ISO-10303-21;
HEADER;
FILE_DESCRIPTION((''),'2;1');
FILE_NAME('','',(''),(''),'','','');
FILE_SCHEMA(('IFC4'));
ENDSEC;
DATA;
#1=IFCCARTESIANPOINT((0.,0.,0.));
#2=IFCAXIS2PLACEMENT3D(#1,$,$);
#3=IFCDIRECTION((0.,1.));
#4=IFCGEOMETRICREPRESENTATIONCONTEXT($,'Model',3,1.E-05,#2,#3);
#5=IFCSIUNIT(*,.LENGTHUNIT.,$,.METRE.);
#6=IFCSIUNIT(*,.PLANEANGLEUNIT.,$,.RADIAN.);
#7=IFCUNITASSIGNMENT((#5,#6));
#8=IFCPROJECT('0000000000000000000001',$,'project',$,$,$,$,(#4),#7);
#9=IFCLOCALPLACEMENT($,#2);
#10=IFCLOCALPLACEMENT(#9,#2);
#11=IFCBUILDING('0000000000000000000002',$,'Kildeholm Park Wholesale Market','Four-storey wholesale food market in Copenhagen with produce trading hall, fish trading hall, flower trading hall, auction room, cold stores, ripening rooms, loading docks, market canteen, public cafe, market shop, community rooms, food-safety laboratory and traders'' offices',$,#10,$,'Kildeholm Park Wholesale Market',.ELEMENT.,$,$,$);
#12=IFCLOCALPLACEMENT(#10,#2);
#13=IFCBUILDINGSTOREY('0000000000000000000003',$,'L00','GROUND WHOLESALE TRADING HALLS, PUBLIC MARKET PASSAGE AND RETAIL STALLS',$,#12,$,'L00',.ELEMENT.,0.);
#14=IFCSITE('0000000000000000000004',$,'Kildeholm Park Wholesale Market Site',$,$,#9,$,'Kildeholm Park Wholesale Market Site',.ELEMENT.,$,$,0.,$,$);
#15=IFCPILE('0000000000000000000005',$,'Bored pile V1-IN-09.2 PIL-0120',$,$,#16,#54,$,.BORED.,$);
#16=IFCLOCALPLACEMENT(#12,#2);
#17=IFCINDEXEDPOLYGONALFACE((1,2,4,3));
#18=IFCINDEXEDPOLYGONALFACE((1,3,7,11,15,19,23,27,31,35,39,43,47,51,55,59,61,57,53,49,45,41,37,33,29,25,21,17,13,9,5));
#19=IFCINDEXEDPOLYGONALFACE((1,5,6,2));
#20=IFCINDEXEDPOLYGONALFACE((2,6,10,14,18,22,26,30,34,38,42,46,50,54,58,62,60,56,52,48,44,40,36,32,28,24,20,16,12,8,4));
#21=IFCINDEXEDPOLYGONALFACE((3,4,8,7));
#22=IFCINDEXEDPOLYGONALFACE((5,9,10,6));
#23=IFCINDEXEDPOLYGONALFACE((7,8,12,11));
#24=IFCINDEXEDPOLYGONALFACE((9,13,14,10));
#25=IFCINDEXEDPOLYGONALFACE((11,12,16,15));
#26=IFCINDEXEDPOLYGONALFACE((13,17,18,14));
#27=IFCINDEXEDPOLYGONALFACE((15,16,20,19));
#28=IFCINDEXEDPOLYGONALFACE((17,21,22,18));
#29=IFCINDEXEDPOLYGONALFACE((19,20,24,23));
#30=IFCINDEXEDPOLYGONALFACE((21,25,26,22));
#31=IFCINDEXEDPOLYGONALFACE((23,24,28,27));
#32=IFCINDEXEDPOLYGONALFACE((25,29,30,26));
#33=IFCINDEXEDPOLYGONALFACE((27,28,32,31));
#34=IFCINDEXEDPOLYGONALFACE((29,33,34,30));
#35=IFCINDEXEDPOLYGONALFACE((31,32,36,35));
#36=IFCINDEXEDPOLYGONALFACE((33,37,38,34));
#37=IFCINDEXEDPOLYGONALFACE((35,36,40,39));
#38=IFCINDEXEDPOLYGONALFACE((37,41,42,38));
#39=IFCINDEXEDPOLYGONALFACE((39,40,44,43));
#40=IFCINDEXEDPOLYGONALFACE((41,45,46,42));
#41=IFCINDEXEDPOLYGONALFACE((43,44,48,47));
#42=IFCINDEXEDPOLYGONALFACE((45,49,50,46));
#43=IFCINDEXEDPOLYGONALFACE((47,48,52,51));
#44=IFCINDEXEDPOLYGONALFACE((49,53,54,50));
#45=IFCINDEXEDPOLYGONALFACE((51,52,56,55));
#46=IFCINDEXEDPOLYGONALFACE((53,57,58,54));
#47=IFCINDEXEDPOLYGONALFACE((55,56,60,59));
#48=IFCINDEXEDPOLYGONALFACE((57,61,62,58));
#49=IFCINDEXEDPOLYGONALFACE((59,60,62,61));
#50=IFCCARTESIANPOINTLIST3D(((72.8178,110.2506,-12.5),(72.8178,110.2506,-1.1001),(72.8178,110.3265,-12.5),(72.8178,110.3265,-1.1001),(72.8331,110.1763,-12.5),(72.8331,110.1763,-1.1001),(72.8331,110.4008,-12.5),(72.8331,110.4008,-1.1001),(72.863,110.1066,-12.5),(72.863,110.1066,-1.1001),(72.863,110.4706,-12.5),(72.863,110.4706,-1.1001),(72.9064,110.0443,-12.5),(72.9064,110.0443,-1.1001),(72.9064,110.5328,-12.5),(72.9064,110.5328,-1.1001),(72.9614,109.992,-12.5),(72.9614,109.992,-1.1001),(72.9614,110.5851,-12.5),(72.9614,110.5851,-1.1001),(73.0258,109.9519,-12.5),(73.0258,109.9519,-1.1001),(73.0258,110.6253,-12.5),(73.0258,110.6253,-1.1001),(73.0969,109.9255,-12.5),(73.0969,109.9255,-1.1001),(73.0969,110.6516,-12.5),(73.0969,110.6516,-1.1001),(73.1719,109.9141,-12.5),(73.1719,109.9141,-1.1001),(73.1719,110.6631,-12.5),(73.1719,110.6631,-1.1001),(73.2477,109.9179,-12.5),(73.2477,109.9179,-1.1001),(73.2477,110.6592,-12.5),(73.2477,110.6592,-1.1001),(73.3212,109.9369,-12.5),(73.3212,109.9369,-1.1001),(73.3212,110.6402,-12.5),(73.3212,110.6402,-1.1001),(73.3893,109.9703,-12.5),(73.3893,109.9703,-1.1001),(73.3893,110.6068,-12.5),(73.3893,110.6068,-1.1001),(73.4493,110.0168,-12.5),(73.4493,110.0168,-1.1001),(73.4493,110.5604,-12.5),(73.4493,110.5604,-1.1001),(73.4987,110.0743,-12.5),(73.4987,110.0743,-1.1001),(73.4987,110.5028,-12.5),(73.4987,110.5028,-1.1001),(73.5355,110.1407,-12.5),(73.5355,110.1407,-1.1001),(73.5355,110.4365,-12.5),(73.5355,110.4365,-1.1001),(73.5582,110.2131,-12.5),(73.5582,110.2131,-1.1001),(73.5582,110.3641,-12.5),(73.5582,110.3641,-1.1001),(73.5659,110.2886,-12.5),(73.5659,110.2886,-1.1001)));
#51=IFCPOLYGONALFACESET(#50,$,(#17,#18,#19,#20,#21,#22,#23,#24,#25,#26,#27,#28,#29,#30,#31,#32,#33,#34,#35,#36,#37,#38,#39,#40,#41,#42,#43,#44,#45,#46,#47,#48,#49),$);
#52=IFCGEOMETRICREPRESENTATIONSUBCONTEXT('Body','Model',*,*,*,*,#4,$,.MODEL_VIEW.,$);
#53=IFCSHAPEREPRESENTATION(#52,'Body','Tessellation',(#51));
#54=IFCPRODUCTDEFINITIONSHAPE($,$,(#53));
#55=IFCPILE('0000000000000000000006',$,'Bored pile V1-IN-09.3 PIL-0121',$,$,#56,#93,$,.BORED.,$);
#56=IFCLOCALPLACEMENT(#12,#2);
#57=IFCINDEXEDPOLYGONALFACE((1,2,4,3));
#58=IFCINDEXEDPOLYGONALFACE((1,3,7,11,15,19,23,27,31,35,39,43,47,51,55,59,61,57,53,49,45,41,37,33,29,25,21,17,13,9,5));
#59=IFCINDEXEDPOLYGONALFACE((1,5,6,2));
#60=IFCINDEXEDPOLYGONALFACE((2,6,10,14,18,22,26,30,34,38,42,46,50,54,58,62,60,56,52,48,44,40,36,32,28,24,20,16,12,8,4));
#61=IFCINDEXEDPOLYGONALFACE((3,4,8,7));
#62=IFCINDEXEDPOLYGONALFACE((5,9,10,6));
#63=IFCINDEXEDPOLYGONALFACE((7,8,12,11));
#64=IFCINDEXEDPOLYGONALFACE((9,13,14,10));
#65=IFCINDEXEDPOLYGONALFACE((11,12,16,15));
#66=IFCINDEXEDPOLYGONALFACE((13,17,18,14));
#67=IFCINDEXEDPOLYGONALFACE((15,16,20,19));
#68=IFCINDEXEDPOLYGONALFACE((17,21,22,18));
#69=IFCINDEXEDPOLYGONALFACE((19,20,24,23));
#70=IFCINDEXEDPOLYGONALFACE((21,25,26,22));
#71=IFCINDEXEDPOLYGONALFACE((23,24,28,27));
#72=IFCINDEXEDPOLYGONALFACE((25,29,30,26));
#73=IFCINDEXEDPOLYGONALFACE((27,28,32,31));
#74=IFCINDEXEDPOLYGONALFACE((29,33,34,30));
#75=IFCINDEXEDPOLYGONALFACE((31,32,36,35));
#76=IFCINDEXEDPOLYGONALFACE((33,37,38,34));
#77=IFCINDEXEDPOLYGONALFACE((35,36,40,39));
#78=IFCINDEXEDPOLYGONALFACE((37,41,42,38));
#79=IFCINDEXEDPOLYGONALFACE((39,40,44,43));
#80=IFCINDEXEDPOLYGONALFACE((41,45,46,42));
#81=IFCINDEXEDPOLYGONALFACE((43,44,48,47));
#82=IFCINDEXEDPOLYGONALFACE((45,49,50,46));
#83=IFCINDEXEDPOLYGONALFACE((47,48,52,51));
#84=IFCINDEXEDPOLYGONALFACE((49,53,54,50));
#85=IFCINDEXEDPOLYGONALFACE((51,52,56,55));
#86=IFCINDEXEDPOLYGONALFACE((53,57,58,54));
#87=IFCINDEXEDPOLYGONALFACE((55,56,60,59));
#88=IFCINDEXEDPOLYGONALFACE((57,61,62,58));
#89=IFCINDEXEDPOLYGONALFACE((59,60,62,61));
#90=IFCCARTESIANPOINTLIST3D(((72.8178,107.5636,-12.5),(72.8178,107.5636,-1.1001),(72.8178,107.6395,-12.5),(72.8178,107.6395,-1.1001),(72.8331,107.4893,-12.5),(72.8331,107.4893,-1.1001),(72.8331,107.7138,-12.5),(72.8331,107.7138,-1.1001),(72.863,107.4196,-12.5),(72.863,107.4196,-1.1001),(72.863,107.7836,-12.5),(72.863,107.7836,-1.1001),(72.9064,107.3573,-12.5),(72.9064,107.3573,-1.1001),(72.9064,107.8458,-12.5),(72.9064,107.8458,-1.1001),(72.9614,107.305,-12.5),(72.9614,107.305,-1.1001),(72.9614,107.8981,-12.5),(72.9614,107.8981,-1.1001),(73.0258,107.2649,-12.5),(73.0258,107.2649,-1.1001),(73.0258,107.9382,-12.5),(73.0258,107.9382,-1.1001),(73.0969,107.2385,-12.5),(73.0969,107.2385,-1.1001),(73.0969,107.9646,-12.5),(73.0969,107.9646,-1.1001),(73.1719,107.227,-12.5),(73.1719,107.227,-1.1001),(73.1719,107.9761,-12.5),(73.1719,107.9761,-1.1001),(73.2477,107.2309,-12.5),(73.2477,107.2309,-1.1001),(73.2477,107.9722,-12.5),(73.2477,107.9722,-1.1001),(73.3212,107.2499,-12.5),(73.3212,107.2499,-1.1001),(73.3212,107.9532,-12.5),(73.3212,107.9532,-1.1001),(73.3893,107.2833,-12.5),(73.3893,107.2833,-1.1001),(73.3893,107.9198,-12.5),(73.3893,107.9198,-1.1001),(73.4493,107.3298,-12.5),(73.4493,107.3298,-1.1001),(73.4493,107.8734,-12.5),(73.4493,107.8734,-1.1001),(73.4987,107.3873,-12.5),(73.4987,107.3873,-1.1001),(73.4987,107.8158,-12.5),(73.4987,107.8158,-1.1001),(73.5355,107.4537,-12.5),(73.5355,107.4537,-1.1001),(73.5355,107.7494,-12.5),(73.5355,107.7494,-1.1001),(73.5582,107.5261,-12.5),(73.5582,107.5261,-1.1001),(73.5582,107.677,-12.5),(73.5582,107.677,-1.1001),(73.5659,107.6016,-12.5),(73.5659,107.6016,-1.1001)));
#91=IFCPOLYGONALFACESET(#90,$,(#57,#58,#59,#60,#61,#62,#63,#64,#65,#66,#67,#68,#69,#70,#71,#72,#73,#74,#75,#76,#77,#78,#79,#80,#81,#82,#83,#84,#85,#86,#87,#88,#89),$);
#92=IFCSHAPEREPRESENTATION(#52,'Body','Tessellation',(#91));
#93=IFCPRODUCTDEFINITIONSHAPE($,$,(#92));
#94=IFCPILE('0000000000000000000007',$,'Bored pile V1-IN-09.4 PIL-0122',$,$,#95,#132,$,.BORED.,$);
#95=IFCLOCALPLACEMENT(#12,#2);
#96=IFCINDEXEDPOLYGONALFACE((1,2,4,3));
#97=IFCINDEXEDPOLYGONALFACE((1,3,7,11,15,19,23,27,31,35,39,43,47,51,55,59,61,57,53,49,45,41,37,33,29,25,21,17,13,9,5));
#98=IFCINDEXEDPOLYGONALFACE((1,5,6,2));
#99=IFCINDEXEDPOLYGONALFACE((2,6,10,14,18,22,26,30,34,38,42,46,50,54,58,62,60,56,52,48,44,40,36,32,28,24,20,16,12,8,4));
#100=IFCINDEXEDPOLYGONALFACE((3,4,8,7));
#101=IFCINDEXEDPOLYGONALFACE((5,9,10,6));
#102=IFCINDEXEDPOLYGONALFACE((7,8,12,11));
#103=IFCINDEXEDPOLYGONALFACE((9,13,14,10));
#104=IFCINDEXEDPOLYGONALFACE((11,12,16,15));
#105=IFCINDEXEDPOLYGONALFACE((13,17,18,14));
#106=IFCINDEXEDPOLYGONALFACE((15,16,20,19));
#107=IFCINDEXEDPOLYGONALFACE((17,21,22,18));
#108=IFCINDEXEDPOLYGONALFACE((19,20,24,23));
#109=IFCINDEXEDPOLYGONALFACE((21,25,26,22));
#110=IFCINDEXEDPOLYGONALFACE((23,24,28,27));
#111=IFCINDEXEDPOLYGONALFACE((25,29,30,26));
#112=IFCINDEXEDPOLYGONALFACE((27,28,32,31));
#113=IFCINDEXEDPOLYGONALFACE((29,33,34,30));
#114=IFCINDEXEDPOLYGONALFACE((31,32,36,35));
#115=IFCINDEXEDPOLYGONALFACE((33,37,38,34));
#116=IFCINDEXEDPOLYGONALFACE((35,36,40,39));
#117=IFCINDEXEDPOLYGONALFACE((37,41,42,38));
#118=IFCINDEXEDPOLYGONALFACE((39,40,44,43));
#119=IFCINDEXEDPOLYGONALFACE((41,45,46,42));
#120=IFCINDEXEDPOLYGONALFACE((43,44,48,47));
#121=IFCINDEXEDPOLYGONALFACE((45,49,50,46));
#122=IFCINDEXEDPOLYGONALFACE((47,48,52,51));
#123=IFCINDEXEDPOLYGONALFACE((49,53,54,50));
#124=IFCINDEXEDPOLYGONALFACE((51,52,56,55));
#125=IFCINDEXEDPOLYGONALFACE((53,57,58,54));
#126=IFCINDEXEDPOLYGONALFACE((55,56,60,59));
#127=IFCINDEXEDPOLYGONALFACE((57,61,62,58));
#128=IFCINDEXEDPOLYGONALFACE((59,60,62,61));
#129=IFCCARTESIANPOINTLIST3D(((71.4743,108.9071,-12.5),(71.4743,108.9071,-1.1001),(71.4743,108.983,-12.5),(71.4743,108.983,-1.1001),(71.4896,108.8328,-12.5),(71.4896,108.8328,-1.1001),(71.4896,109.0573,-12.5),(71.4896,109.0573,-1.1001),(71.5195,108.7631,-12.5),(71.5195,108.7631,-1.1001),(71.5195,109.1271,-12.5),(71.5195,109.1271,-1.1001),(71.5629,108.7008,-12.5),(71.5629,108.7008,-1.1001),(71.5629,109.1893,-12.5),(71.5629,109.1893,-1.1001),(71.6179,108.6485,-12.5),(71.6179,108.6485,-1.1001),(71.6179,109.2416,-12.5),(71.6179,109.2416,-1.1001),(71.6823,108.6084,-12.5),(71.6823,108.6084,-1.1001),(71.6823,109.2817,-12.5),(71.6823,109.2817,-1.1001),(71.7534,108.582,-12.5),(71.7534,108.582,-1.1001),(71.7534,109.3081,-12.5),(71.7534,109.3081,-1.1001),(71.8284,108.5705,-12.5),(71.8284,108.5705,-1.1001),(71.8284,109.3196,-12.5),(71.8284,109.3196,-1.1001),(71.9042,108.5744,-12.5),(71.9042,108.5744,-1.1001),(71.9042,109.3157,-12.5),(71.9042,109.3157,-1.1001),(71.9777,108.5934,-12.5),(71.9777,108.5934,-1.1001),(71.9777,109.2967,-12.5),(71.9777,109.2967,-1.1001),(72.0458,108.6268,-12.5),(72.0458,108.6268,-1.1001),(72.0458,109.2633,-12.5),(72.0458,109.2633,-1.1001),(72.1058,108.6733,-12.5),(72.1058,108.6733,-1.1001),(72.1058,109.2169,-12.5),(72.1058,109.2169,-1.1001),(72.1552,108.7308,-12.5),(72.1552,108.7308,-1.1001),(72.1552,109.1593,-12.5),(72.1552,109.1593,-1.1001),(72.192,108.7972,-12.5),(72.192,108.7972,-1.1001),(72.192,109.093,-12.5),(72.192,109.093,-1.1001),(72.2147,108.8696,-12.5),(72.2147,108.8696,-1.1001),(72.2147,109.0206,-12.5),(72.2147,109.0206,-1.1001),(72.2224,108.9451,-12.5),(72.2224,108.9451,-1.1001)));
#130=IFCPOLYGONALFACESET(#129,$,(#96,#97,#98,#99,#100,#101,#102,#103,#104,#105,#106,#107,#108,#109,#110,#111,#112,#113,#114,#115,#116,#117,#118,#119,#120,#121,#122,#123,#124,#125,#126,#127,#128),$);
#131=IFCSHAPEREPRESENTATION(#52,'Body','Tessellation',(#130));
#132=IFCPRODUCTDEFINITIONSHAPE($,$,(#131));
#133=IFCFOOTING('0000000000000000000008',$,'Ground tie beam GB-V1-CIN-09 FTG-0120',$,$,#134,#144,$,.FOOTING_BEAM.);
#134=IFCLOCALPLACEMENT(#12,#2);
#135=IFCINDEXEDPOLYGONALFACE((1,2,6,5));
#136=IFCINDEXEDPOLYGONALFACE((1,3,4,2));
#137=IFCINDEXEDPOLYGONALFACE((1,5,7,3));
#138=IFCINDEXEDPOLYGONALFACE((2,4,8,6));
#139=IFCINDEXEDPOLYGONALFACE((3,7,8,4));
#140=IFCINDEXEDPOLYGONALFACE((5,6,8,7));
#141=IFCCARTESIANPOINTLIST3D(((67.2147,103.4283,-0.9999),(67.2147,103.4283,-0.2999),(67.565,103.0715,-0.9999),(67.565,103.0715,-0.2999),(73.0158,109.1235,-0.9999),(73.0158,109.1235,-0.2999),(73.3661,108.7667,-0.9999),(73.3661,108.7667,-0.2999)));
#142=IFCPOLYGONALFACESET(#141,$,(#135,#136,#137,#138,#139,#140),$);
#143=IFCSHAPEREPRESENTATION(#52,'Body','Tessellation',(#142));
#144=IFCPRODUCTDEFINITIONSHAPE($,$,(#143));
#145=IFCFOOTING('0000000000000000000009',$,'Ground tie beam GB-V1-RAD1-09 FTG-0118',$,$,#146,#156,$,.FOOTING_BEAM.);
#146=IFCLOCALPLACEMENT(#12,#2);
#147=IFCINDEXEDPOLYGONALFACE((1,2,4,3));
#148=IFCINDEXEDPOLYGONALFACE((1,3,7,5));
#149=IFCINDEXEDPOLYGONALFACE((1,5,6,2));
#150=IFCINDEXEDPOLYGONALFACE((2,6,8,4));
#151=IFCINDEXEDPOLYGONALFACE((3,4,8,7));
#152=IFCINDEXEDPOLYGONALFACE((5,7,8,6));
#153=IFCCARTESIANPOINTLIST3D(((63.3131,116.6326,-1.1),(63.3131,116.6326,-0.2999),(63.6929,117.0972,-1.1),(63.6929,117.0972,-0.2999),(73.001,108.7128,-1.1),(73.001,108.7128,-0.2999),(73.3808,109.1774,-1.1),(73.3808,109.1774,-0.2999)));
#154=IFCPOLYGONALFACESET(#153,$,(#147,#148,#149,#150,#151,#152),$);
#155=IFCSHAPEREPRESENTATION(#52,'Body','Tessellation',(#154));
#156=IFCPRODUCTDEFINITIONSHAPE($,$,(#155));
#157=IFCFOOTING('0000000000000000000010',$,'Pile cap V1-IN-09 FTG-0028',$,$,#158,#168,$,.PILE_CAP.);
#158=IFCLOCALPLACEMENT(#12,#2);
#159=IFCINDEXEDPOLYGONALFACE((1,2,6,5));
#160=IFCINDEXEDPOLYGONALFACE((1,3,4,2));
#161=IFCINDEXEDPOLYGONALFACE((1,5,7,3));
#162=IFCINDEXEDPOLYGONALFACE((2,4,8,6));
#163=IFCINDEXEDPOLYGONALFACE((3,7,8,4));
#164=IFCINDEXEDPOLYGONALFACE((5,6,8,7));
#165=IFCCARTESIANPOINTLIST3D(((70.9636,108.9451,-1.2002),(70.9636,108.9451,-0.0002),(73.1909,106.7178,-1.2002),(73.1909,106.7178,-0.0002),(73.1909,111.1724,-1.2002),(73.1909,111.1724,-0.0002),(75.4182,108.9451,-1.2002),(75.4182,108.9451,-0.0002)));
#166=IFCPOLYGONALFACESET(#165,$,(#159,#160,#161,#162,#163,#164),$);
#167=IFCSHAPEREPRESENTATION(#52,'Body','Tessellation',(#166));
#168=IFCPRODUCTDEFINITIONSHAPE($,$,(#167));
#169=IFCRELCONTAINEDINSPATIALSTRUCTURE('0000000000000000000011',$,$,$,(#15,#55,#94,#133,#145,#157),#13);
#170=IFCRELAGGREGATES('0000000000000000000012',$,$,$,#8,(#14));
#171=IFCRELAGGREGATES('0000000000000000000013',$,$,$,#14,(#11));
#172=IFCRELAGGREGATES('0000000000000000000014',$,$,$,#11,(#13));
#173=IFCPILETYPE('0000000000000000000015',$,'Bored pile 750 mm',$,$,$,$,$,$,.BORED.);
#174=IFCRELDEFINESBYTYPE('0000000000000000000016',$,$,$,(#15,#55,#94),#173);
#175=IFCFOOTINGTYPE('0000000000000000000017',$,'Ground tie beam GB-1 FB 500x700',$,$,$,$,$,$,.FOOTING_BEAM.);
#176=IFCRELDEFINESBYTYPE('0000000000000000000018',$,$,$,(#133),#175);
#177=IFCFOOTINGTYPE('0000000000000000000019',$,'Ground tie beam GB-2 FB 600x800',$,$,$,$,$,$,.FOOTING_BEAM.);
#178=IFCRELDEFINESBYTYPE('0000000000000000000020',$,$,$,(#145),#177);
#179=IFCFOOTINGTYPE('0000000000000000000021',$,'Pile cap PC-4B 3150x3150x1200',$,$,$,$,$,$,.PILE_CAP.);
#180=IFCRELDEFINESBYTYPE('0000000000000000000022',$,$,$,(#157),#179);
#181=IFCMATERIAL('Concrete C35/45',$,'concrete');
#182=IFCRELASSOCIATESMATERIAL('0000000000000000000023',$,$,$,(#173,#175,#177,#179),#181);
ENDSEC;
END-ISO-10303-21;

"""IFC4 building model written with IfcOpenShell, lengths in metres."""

from ifc_helpers import new_model, si_unit, direction, frame, origin, origin_2d, place, context, subcontext, project, spatial, rectangle, circle, extrude, material, material_profile, profile_set, type_object, element, save


model = new_model("IFC4")

# Units and contexts
model_context = context("Model", 3, precision=1e-05, world=origin(), true_north=direction((0.0, 1.0)))
body_context = subcontext(model_context, "Body", "Model", "MODEL_VIEW")
ifc_project = project(units=[si_unit("LENGTHUNIT", "METRE"), si_unit("PLANEANGLEUNIT", "RADIAN")], contexts=[model_context])

# Site, building, storey
site_placement = place(None, origin())
site = spatial("IfcSite", under=ifc_project, at=site_placement, Name="Kildeholm Park Wholesale Market Site", LongName="Kildeholm Park Wholesale Market Site", CompositionType="ELEMENT", RefElevation=0.0)
building_placement = place(site_placement, origin())
building = spatial("IfcBuilding", under=site, at=building_placement, Name="Kildeholm Park Wholesale Market", Description="Four-storey wholesale food market in Copenhagen with produce trading hall, fish trading hall, flower trading hall, auction room, cold stores, ripening rooms, loading docks, market canteen, public cafe, market shop, community rooms, food-safety laboratory and traders' offices", LongName="Kildeholm Park Wholesale Market", CompositionType="ELEMENT")
storey_placement = place(building_placement, origin())
storey = spatial("IfcBuildingStorey", under=building, at=storey_placement, Name="L00", Description="GROUND WHOLESALE TRADING HALLS, PUBLIC MARKET PASSAGE AND RETAIL STALLS", LongName="L00", CompositionType="ELEMENT", Elevation=0.0)

# Piles
ifc_material_1 = material(Name="Concrete C35/45", Category="concrete")
ifc_material_profile_1 = material_profile(ifc_material_1, circle(Radius=0.375, at=origin_2d()), Name="PILE D750")
ifc_profile_set_1 = profile_set([ifc_material_profile_1], Name="Concrete C35/45")
pile_type = type_object("IfcPileType", Name="Bored pile 750 mm", PredefinedType="BORED", material=ifc_profile_set_1)
for number, where, z_axis, x_axis, name in (
    (1, (73.1909, 110.2886, -1.1001), (0.0, 0.0, -1.0), (1.0, 0.0, 0.0), "Bored pile V1-IN-09.2 PIL-0120"),
    (2, (73.1909, 107.6016, -1.1001), (0.0, 0.0, -1.0), (1.0, 0.0, 0.0), "Bored pile V1-IN-09.3 PIL-0121"),
    (3, (71.8474, 108.9451, -1.1001), (0.0, 0.0, -1.0), (1.0, 0.0, 0.0), "Bored pile V1-IN-09.4 PIL-0122"),
):
    element("IfcPile", number, at=place(storey_placement, frame(where, z_axis=z_axis, x_axis=x_axis)), inside=storey, type_object=pile_type, Name=name, PredefinedType="BORED", context=body_context, shape_type="SweptSolid", body=[
        extrude(circle(Radius=0.375, at=origin_2d()), origin(), (0.0, 0.0, 1.0), 11.3999),
    ])

# Footings
ifc_material_profile_2 = material_profile(ifc_material_1, rectangle(XDim=0.5, YDim=0.7, at=origin_2d()), Name="FB 500x700")
ifc_profile_set_2 = profile_set([ifc_material_profile_2], Name="Concrete C35/45")
footing_type_1 = type_object("IfcFootingType", Name="Ground tie beam GB-1 FB 500x700", PredefinedType="FOOTING_BEAM", material=ifc_profile_set_2)
footing_1_placement = place(storey_placement, frame((73.1909, 108.9451, -0.6499), z_axis=(-0.713594, -0.70056, 0.0), x_axis=(0.70056, -0.713594, 0.0)))
element("IfcFooting", 4, at=footing_1_placement, inside=storey, type_object=footing_type_1, Name="Ground tie beam GB-V1-CIN-09 FTG-0120", PredefinedType="FOOTING_BEAM", context=body_context, shape_type="SweptSolid", body=[
    extrude(rectangle(XDim=0.5, YDim=0.7, at=origin_2d()), origin(), (0.0, 0.0, 1.0), 8.1294),
])
ifc_material_profile_3 = material_profile(ifc_material_1, rectangle(XDim=0.6001, YDim=0.8, at=origin_2d()), Name="FB 600x800")
ifc_profile_set_3 = profile_set([ifc_material_profile_3], Name="Concrete C35/45")
footing_type_2 = type_object("IfcFootingType", Name="Ground tie beam GB-2 FB 600x800", PredefinedType="FOOTING_BEAM", material=ifc_profile_set_3)
footing_2_placement = place(storey_placement, frame((73.1909, 108.9451, -0.7), z_axis=(-0.774216, 0.632921, 0.0), x_axis=(-0.632921, -0.774216, 0.0)))
element("IfcFooting", 5, at=footing_2_placement, inside=storey, type_object=footing_type_2, Name="Ground tie beam GB-V1-RAD1-09 FTG-0118", PredefinedType="FOOTING_BEAM", context=body_context, shape_type="SweptSolid", body=[
    extrude(rectangle(XDim=0.6001, YDim=0.8, at=origin_2d()), origin(), (0.0, 0.0, 1.0), 12.5132),
])
footing_type_3 = type_object("IfcFootingType", Name="Pile cap PC-4B 3150x3150x1200", PredefinedType="PILE_CAP", material=ifc_material_1)
footing_3_placement = place(storey_placement, frame((73.1909, 108.9451, -1.2002), z_axis=(0.0, 0.0, 1.0), x_axis=(-0.707107, 0.707107, 0.0)))
element("IfcFooting", 6, at=footing_3_placement, inside=storey, type_object=footing_type_3, Name="Pile cap V1-IN-09 FTG-0028", PredefinedType="PILE_CAP", context=body_context, shape_type="SweptSolid", body=[
    extrude(rectangle(XDim=3.1499, YDim=3.1499, at=origin_2d()), origin(), (0.0, 0.0, 1.0), 1.2),
])

save(model, "model.ifc")
